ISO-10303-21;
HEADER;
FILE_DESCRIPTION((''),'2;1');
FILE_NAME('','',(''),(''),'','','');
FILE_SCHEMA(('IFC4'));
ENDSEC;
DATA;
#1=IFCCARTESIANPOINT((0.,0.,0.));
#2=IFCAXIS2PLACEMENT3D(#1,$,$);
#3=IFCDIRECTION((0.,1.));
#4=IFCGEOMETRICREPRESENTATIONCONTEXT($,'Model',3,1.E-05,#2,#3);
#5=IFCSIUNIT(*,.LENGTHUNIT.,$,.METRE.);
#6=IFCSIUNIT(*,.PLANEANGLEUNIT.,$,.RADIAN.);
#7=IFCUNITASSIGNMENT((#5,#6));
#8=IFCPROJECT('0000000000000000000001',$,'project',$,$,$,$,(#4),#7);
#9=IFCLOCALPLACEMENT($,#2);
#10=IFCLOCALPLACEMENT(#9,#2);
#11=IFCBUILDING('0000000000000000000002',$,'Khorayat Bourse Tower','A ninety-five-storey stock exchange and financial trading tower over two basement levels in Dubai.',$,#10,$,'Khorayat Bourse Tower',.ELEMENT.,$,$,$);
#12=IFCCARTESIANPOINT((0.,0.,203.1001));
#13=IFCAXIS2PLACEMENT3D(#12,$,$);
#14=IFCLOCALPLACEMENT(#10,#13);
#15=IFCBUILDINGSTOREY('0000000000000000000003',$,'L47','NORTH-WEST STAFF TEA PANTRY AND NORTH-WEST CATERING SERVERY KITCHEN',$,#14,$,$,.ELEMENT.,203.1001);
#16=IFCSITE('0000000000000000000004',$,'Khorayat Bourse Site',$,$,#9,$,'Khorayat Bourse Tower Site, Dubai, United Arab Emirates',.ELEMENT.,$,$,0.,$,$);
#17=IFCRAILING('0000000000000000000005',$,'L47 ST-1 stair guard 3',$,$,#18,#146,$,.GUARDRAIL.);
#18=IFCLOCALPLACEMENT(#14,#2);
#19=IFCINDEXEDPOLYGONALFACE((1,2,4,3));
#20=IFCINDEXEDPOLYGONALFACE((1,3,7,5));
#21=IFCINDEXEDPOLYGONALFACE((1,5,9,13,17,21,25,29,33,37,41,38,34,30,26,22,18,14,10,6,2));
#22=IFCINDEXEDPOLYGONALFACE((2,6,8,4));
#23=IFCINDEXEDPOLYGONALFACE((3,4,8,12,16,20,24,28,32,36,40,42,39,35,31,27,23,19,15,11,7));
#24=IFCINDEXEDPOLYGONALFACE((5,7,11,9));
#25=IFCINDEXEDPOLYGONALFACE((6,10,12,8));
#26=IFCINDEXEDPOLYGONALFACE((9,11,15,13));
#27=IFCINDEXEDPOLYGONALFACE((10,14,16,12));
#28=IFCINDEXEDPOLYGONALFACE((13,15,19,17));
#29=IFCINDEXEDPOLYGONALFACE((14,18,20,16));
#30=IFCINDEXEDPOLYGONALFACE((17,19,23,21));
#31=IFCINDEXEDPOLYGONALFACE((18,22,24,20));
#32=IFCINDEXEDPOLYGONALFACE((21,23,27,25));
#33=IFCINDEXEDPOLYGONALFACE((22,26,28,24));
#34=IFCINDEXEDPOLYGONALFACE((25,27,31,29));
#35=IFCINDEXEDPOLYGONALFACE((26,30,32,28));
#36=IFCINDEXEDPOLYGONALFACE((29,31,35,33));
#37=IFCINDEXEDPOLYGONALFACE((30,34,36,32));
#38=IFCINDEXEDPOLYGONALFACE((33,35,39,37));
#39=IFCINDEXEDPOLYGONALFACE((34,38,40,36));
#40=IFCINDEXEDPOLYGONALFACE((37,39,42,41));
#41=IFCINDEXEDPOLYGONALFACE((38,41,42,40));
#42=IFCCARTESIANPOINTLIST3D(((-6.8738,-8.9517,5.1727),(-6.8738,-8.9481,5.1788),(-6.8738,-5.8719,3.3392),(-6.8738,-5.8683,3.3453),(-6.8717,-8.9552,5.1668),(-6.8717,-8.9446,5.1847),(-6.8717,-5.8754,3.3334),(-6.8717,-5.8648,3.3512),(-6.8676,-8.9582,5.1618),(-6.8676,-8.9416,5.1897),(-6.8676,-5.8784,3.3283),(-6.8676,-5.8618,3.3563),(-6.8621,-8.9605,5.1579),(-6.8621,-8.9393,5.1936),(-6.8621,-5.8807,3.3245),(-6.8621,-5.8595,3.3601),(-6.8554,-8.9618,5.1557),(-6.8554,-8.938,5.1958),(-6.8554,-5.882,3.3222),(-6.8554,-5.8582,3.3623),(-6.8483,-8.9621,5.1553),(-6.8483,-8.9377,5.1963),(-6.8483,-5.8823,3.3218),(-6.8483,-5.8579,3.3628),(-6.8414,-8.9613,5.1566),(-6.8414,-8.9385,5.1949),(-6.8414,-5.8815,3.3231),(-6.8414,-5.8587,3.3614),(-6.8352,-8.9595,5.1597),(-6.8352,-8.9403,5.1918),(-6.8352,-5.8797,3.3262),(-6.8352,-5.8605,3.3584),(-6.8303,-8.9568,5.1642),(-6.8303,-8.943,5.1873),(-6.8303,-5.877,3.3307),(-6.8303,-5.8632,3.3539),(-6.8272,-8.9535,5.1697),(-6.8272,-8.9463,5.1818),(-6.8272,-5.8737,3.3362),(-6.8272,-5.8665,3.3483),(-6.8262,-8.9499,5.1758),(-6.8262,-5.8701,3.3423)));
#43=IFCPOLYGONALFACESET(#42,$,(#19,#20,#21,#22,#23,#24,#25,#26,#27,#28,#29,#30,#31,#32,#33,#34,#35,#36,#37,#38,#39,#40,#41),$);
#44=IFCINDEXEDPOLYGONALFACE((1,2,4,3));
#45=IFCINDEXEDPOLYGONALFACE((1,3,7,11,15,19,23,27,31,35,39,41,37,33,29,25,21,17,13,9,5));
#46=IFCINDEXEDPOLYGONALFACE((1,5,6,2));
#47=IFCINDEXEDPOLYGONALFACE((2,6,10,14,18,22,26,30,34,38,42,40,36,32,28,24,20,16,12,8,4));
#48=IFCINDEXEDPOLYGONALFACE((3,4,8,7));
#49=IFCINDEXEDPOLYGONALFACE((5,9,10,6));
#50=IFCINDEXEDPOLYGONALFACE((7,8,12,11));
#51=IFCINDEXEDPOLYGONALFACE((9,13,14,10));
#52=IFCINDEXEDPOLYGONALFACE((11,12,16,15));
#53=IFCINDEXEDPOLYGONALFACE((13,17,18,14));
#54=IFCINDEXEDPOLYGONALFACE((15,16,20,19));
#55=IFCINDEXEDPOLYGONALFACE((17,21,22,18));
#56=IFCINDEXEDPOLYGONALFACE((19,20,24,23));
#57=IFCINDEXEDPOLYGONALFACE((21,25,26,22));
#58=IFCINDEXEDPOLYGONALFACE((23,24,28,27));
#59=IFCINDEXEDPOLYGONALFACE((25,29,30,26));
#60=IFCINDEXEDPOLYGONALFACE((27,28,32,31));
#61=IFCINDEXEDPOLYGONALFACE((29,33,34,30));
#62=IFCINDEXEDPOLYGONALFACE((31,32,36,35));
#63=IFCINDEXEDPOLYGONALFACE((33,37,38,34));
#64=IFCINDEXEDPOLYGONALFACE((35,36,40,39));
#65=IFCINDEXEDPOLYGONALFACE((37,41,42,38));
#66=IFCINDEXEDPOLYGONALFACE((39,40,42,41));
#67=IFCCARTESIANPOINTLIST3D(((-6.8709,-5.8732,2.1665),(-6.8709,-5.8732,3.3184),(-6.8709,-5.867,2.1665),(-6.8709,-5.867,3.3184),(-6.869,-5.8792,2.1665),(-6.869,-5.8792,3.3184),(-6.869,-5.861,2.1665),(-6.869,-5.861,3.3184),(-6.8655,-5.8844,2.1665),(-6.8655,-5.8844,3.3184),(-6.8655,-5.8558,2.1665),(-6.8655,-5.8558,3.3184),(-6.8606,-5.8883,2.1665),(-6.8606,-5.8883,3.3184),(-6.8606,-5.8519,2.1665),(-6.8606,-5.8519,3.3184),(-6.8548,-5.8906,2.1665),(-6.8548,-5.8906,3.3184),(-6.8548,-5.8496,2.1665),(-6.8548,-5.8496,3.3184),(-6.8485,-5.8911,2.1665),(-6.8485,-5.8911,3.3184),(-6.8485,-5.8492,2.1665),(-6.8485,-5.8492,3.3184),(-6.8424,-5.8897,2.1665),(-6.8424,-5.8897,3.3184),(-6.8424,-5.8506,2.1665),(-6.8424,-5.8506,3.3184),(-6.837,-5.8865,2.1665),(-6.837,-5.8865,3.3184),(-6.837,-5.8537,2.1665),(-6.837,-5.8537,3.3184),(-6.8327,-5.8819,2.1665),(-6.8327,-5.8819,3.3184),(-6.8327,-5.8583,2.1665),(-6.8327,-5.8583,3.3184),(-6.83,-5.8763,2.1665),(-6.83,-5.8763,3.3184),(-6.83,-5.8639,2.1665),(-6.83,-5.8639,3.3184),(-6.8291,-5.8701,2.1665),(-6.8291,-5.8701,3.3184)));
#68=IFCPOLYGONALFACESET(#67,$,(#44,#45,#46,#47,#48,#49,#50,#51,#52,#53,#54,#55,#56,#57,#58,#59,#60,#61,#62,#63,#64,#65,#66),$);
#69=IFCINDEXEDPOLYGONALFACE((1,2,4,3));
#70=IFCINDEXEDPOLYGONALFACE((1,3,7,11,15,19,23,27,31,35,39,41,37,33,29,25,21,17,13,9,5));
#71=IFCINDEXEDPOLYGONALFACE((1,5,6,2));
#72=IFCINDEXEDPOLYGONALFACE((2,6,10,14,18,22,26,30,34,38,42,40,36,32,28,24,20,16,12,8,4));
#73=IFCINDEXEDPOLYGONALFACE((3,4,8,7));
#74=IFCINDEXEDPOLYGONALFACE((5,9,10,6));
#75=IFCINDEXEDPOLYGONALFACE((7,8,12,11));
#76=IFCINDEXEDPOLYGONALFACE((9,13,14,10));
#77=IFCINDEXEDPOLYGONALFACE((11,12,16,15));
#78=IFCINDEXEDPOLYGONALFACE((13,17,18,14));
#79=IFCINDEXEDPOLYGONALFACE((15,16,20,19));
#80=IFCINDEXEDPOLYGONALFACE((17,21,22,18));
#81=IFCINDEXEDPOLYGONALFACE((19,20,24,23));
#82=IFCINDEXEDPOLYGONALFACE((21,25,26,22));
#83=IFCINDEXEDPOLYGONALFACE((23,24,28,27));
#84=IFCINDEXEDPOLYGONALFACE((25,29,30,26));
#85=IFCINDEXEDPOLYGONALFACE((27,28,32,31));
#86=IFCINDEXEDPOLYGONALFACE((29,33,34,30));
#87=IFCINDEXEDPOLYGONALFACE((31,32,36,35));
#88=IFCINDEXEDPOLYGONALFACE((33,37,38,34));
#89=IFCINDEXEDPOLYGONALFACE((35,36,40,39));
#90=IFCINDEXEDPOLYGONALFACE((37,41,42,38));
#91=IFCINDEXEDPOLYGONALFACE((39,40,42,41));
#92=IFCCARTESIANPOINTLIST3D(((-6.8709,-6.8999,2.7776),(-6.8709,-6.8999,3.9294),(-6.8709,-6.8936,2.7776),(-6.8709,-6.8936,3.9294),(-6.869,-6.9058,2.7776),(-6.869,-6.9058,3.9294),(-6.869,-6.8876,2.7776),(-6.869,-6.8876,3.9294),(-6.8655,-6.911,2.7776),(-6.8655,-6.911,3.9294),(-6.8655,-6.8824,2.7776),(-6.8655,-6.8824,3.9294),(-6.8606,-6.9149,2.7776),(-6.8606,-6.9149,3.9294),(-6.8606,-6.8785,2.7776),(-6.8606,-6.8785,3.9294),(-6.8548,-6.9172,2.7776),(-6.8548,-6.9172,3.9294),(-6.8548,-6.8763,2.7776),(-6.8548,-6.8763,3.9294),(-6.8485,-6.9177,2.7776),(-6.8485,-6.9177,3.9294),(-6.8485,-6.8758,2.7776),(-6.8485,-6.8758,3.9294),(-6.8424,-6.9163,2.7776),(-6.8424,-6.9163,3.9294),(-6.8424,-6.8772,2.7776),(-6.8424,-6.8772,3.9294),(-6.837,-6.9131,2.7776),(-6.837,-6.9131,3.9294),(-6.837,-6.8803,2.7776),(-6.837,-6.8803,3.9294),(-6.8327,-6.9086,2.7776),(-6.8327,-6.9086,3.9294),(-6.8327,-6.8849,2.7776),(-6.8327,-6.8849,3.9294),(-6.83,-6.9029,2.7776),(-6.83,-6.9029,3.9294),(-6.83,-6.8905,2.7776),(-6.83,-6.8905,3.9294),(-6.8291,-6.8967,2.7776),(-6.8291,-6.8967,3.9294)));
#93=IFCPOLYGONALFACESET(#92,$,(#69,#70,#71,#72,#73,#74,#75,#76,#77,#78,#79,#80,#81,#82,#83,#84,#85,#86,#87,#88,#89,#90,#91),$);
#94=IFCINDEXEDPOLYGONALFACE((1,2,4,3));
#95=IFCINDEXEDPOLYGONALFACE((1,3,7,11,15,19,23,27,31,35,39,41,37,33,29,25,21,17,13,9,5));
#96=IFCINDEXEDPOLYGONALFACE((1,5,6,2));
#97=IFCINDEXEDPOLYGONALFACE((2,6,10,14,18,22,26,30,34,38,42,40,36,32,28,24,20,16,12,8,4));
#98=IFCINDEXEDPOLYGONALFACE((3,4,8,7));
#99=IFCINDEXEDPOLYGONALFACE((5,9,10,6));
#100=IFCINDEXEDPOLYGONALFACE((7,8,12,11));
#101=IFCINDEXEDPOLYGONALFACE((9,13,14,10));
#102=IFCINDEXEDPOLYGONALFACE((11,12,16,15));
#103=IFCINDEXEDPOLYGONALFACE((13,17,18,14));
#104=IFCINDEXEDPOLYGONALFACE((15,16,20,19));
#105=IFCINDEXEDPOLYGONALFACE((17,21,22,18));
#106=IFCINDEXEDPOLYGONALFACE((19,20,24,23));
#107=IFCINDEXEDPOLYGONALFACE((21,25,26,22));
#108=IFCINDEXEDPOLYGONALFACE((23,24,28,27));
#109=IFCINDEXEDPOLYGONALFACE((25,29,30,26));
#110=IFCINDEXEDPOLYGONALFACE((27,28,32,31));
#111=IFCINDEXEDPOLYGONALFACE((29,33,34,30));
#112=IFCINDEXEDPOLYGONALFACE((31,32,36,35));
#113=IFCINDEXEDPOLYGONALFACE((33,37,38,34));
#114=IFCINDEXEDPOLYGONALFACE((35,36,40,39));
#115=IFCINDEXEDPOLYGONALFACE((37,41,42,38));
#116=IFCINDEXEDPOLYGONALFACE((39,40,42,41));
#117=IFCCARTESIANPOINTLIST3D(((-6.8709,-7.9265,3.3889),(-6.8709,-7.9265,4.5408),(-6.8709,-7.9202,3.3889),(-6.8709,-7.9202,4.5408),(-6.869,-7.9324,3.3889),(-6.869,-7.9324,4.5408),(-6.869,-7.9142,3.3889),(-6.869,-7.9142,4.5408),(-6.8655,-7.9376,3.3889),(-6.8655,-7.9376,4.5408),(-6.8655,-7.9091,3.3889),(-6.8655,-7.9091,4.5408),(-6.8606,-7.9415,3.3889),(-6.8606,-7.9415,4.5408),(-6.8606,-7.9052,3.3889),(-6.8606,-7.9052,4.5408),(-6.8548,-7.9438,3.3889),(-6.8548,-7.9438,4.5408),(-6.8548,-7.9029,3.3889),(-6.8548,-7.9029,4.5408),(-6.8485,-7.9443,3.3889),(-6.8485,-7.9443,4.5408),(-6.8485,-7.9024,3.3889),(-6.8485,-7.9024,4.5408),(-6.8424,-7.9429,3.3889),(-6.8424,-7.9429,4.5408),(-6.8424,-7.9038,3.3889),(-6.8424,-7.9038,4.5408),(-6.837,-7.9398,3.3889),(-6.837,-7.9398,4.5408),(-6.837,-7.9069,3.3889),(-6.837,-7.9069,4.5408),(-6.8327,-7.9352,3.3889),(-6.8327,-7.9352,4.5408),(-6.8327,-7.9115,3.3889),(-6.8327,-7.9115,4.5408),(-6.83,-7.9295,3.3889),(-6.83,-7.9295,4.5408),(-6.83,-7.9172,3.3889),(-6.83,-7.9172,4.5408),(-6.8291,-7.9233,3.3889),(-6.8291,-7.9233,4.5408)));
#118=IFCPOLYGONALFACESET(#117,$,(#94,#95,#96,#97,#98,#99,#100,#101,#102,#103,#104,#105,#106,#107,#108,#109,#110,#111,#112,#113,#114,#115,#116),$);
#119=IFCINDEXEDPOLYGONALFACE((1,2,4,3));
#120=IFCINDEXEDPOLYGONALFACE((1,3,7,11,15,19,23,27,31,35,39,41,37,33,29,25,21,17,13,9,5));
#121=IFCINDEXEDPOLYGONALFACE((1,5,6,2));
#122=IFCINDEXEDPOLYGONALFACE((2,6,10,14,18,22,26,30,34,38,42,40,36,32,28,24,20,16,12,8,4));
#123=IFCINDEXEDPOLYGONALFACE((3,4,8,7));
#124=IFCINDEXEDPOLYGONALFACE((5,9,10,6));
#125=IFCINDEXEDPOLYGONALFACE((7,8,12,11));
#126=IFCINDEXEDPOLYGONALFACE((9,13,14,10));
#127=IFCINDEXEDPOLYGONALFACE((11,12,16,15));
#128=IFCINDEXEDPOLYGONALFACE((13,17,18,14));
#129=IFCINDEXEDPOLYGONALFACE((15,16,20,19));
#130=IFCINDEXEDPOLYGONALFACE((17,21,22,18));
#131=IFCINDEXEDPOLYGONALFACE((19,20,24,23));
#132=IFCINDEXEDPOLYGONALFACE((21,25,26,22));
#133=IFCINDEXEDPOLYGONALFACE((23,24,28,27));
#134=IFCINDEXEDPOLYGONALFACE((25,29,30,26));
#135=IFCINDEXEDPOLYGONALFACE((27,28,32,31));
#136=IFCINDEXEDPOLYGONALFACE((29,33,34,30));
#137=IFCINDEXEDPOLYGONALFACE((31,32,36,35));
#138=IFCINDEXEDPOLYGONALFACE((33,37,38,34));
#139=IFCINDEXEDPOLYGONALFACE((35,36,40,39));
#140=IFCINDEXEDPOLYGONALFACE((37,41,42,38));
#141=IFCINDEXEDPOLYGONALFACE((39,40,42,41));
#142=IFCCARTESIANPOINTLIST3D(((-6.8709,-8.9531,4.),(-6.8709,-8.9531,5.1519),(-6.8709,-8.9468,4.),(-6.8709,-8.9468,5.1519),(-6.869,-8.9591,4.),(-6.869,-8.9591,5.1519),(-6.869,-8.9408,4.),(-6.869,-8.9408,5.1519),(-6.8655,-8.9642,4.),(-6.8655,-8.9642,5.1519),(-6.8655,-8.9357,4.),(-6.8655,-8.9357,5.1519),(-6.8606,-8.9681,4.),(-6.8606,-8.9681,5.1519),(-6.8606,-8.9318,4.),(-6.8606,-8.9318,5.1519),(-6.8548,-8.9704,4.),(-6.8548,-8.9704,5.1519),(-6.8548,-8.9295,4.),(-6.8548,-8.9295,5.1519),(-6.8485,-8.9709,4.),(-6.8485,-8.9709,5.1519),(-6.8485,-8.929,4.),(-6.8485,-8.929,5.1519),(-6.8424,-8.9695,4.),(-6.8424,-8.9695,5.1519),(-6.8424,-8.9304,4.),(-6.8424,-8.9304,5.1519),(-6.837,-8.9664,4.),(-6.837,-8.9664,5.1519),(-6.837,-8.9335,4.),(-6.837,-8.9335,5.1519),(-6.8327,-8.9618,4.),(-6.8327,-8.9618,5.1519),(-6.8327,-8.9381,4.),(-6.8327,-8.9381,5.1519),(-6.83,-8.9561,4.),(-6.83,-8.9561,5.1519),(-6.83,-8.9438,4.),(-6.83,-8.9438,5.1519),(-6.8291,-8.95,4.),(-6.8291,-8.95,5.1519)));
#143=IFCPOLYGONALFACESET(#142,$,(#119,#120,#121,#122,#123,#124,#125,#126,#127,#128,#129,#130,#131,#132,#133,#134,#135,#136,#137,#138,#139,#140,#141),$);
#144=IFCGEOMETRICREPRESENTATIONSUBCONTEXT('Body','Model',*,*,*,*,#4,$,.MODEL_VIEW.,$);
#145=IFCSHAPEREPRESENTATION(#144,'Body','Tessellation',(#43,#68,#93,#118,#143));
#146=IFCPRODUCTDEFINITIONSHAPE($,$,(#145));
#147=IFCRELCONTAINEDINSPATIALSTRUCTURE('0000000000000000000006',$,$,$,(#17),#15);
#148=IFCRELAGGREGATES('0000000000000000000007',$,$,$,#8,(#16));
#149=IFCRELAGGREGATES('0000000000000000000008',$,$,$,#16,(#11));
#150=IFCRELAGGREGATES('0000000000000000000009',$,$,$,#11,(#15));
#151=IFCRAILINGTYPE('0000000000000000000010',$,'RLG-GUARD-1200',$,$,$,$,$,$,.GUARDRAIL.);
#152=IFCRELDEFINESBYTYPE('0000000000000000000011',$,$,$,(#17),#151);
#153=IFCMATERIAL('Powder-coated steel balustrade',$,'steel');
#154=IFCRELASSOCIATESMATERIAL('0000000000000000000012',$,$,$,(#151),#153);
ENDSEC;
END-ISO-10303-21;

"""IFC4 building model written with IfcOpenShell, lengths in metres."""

from ifc_helpers import new_model, si_unit, direction, frame, origin, origin_2d, place, context, subcontext, project, spatial, circle, extrude, source, transform, mapped, material, type_object, element, save


model = new_model("IFC4")

# Units and contexts
model_context = context("Model", 3, precision=1e-05, world=origin(), true_north=direction((0.0, 1.0)))
body_context = subcontext(model_context, "Body", "Model", "MODEL_VIEW")
ifc_project = project(units=[si_unit("LENGTHUNIT", "METRE"), si_unit("PLANEANGLEUNIT", "RADIAN")], contexts=[model_context])

# Site, building, storey
site_placement = place(None, origin())
site = spatial("IfcSite", under=ifc_project, at=site_placement, Name="Khorayat Bourse Site", LongName="Khorayat Bourse Tower Site, Dubai, United Arab Emirates", CompositionType="ELEMENT", RefElevation=0.0)
building_placement = place(site_placement, origin())
building = spatial("IfcBuilding", under=site, at=building_placement, Name="Khorayat Bourse Tower", Description="A ninety-five-storey stock exchange and financial trading tower over two basement levels in Dubai.", LongName="Khorayat Bourse Tower", CompositionType="ELEMENT")
storey_placement = place(building_placement, frame((0.0, 0.0, 203.1001)))
storey = spatial("IfcBuildingStorey", under=building, at=storey_placement, Name="L47", Description="NORTH-WEST STAFF TEA PANTRY AND NORTH-WEST CATERING SERVERY KITCHEN", CompositionType="ELEMENT", Elevation=203.1001)

# Railing
ifc_material_1 = material(Name="Powder-coated steel balustrade", Category="steel")
railing_type_1 = type_object("IfcRailingType", Name="RLG-GUARD-1200", PredefinedType="GUARDRAIL", material=ifc_material_1)
shared_shape_1 = source(origin(), body_context, "Body", "SweptSolid", [
    extrude(circle(Radius=0.0239, at=origin_2d()), frame((0.0, 0.0, 1.1758), z_axis=(0.0, -0.859261, 0.511538), x_axis=(1.0, 0.0, 0.0)), (0.0, 0.0, 1.0), 3.5842),
    extrude(circle(Radius=0.021, at=origin_2d()), origin(), (0.0, 0.0, 1.0), 1.1519),
    extrude(circle(Radius=0.021, at=origin_2d()), frame((0.0, -1.0266, 0.6111)), (0.0, 0.0, 1.0), 1.1519),
    extrude(circle(Radius=0.021, at=origin_2d()), frame((0.0, -2.0532, 1.2224)), (0.0, 0.0, 1.0), 1.1519),
    extrude(circle(Radius=0.021, at=origin_2d()), frame((0.0, -3.0798, 1.8335)), (0.0, 0.0, 1.0), 1.1519),
])
railing_1_placement = place(storey_placement, frame((-6.8501, -5.8701, 2.1665)))
element("IfcRailing", 1, at=railing_1_placement, inside=storey, type_object=railing_type_1, Name="L47 ST-1 stair guard 3", PredefinedType="GUARDRAIL", context=body_context, shape_type="MappedRepresentation", body=[
    mapped(shared_shape_1, transform((0.0, 0.0, 0.0), scale=1.0)),
])

save(model, "model.ifc")
